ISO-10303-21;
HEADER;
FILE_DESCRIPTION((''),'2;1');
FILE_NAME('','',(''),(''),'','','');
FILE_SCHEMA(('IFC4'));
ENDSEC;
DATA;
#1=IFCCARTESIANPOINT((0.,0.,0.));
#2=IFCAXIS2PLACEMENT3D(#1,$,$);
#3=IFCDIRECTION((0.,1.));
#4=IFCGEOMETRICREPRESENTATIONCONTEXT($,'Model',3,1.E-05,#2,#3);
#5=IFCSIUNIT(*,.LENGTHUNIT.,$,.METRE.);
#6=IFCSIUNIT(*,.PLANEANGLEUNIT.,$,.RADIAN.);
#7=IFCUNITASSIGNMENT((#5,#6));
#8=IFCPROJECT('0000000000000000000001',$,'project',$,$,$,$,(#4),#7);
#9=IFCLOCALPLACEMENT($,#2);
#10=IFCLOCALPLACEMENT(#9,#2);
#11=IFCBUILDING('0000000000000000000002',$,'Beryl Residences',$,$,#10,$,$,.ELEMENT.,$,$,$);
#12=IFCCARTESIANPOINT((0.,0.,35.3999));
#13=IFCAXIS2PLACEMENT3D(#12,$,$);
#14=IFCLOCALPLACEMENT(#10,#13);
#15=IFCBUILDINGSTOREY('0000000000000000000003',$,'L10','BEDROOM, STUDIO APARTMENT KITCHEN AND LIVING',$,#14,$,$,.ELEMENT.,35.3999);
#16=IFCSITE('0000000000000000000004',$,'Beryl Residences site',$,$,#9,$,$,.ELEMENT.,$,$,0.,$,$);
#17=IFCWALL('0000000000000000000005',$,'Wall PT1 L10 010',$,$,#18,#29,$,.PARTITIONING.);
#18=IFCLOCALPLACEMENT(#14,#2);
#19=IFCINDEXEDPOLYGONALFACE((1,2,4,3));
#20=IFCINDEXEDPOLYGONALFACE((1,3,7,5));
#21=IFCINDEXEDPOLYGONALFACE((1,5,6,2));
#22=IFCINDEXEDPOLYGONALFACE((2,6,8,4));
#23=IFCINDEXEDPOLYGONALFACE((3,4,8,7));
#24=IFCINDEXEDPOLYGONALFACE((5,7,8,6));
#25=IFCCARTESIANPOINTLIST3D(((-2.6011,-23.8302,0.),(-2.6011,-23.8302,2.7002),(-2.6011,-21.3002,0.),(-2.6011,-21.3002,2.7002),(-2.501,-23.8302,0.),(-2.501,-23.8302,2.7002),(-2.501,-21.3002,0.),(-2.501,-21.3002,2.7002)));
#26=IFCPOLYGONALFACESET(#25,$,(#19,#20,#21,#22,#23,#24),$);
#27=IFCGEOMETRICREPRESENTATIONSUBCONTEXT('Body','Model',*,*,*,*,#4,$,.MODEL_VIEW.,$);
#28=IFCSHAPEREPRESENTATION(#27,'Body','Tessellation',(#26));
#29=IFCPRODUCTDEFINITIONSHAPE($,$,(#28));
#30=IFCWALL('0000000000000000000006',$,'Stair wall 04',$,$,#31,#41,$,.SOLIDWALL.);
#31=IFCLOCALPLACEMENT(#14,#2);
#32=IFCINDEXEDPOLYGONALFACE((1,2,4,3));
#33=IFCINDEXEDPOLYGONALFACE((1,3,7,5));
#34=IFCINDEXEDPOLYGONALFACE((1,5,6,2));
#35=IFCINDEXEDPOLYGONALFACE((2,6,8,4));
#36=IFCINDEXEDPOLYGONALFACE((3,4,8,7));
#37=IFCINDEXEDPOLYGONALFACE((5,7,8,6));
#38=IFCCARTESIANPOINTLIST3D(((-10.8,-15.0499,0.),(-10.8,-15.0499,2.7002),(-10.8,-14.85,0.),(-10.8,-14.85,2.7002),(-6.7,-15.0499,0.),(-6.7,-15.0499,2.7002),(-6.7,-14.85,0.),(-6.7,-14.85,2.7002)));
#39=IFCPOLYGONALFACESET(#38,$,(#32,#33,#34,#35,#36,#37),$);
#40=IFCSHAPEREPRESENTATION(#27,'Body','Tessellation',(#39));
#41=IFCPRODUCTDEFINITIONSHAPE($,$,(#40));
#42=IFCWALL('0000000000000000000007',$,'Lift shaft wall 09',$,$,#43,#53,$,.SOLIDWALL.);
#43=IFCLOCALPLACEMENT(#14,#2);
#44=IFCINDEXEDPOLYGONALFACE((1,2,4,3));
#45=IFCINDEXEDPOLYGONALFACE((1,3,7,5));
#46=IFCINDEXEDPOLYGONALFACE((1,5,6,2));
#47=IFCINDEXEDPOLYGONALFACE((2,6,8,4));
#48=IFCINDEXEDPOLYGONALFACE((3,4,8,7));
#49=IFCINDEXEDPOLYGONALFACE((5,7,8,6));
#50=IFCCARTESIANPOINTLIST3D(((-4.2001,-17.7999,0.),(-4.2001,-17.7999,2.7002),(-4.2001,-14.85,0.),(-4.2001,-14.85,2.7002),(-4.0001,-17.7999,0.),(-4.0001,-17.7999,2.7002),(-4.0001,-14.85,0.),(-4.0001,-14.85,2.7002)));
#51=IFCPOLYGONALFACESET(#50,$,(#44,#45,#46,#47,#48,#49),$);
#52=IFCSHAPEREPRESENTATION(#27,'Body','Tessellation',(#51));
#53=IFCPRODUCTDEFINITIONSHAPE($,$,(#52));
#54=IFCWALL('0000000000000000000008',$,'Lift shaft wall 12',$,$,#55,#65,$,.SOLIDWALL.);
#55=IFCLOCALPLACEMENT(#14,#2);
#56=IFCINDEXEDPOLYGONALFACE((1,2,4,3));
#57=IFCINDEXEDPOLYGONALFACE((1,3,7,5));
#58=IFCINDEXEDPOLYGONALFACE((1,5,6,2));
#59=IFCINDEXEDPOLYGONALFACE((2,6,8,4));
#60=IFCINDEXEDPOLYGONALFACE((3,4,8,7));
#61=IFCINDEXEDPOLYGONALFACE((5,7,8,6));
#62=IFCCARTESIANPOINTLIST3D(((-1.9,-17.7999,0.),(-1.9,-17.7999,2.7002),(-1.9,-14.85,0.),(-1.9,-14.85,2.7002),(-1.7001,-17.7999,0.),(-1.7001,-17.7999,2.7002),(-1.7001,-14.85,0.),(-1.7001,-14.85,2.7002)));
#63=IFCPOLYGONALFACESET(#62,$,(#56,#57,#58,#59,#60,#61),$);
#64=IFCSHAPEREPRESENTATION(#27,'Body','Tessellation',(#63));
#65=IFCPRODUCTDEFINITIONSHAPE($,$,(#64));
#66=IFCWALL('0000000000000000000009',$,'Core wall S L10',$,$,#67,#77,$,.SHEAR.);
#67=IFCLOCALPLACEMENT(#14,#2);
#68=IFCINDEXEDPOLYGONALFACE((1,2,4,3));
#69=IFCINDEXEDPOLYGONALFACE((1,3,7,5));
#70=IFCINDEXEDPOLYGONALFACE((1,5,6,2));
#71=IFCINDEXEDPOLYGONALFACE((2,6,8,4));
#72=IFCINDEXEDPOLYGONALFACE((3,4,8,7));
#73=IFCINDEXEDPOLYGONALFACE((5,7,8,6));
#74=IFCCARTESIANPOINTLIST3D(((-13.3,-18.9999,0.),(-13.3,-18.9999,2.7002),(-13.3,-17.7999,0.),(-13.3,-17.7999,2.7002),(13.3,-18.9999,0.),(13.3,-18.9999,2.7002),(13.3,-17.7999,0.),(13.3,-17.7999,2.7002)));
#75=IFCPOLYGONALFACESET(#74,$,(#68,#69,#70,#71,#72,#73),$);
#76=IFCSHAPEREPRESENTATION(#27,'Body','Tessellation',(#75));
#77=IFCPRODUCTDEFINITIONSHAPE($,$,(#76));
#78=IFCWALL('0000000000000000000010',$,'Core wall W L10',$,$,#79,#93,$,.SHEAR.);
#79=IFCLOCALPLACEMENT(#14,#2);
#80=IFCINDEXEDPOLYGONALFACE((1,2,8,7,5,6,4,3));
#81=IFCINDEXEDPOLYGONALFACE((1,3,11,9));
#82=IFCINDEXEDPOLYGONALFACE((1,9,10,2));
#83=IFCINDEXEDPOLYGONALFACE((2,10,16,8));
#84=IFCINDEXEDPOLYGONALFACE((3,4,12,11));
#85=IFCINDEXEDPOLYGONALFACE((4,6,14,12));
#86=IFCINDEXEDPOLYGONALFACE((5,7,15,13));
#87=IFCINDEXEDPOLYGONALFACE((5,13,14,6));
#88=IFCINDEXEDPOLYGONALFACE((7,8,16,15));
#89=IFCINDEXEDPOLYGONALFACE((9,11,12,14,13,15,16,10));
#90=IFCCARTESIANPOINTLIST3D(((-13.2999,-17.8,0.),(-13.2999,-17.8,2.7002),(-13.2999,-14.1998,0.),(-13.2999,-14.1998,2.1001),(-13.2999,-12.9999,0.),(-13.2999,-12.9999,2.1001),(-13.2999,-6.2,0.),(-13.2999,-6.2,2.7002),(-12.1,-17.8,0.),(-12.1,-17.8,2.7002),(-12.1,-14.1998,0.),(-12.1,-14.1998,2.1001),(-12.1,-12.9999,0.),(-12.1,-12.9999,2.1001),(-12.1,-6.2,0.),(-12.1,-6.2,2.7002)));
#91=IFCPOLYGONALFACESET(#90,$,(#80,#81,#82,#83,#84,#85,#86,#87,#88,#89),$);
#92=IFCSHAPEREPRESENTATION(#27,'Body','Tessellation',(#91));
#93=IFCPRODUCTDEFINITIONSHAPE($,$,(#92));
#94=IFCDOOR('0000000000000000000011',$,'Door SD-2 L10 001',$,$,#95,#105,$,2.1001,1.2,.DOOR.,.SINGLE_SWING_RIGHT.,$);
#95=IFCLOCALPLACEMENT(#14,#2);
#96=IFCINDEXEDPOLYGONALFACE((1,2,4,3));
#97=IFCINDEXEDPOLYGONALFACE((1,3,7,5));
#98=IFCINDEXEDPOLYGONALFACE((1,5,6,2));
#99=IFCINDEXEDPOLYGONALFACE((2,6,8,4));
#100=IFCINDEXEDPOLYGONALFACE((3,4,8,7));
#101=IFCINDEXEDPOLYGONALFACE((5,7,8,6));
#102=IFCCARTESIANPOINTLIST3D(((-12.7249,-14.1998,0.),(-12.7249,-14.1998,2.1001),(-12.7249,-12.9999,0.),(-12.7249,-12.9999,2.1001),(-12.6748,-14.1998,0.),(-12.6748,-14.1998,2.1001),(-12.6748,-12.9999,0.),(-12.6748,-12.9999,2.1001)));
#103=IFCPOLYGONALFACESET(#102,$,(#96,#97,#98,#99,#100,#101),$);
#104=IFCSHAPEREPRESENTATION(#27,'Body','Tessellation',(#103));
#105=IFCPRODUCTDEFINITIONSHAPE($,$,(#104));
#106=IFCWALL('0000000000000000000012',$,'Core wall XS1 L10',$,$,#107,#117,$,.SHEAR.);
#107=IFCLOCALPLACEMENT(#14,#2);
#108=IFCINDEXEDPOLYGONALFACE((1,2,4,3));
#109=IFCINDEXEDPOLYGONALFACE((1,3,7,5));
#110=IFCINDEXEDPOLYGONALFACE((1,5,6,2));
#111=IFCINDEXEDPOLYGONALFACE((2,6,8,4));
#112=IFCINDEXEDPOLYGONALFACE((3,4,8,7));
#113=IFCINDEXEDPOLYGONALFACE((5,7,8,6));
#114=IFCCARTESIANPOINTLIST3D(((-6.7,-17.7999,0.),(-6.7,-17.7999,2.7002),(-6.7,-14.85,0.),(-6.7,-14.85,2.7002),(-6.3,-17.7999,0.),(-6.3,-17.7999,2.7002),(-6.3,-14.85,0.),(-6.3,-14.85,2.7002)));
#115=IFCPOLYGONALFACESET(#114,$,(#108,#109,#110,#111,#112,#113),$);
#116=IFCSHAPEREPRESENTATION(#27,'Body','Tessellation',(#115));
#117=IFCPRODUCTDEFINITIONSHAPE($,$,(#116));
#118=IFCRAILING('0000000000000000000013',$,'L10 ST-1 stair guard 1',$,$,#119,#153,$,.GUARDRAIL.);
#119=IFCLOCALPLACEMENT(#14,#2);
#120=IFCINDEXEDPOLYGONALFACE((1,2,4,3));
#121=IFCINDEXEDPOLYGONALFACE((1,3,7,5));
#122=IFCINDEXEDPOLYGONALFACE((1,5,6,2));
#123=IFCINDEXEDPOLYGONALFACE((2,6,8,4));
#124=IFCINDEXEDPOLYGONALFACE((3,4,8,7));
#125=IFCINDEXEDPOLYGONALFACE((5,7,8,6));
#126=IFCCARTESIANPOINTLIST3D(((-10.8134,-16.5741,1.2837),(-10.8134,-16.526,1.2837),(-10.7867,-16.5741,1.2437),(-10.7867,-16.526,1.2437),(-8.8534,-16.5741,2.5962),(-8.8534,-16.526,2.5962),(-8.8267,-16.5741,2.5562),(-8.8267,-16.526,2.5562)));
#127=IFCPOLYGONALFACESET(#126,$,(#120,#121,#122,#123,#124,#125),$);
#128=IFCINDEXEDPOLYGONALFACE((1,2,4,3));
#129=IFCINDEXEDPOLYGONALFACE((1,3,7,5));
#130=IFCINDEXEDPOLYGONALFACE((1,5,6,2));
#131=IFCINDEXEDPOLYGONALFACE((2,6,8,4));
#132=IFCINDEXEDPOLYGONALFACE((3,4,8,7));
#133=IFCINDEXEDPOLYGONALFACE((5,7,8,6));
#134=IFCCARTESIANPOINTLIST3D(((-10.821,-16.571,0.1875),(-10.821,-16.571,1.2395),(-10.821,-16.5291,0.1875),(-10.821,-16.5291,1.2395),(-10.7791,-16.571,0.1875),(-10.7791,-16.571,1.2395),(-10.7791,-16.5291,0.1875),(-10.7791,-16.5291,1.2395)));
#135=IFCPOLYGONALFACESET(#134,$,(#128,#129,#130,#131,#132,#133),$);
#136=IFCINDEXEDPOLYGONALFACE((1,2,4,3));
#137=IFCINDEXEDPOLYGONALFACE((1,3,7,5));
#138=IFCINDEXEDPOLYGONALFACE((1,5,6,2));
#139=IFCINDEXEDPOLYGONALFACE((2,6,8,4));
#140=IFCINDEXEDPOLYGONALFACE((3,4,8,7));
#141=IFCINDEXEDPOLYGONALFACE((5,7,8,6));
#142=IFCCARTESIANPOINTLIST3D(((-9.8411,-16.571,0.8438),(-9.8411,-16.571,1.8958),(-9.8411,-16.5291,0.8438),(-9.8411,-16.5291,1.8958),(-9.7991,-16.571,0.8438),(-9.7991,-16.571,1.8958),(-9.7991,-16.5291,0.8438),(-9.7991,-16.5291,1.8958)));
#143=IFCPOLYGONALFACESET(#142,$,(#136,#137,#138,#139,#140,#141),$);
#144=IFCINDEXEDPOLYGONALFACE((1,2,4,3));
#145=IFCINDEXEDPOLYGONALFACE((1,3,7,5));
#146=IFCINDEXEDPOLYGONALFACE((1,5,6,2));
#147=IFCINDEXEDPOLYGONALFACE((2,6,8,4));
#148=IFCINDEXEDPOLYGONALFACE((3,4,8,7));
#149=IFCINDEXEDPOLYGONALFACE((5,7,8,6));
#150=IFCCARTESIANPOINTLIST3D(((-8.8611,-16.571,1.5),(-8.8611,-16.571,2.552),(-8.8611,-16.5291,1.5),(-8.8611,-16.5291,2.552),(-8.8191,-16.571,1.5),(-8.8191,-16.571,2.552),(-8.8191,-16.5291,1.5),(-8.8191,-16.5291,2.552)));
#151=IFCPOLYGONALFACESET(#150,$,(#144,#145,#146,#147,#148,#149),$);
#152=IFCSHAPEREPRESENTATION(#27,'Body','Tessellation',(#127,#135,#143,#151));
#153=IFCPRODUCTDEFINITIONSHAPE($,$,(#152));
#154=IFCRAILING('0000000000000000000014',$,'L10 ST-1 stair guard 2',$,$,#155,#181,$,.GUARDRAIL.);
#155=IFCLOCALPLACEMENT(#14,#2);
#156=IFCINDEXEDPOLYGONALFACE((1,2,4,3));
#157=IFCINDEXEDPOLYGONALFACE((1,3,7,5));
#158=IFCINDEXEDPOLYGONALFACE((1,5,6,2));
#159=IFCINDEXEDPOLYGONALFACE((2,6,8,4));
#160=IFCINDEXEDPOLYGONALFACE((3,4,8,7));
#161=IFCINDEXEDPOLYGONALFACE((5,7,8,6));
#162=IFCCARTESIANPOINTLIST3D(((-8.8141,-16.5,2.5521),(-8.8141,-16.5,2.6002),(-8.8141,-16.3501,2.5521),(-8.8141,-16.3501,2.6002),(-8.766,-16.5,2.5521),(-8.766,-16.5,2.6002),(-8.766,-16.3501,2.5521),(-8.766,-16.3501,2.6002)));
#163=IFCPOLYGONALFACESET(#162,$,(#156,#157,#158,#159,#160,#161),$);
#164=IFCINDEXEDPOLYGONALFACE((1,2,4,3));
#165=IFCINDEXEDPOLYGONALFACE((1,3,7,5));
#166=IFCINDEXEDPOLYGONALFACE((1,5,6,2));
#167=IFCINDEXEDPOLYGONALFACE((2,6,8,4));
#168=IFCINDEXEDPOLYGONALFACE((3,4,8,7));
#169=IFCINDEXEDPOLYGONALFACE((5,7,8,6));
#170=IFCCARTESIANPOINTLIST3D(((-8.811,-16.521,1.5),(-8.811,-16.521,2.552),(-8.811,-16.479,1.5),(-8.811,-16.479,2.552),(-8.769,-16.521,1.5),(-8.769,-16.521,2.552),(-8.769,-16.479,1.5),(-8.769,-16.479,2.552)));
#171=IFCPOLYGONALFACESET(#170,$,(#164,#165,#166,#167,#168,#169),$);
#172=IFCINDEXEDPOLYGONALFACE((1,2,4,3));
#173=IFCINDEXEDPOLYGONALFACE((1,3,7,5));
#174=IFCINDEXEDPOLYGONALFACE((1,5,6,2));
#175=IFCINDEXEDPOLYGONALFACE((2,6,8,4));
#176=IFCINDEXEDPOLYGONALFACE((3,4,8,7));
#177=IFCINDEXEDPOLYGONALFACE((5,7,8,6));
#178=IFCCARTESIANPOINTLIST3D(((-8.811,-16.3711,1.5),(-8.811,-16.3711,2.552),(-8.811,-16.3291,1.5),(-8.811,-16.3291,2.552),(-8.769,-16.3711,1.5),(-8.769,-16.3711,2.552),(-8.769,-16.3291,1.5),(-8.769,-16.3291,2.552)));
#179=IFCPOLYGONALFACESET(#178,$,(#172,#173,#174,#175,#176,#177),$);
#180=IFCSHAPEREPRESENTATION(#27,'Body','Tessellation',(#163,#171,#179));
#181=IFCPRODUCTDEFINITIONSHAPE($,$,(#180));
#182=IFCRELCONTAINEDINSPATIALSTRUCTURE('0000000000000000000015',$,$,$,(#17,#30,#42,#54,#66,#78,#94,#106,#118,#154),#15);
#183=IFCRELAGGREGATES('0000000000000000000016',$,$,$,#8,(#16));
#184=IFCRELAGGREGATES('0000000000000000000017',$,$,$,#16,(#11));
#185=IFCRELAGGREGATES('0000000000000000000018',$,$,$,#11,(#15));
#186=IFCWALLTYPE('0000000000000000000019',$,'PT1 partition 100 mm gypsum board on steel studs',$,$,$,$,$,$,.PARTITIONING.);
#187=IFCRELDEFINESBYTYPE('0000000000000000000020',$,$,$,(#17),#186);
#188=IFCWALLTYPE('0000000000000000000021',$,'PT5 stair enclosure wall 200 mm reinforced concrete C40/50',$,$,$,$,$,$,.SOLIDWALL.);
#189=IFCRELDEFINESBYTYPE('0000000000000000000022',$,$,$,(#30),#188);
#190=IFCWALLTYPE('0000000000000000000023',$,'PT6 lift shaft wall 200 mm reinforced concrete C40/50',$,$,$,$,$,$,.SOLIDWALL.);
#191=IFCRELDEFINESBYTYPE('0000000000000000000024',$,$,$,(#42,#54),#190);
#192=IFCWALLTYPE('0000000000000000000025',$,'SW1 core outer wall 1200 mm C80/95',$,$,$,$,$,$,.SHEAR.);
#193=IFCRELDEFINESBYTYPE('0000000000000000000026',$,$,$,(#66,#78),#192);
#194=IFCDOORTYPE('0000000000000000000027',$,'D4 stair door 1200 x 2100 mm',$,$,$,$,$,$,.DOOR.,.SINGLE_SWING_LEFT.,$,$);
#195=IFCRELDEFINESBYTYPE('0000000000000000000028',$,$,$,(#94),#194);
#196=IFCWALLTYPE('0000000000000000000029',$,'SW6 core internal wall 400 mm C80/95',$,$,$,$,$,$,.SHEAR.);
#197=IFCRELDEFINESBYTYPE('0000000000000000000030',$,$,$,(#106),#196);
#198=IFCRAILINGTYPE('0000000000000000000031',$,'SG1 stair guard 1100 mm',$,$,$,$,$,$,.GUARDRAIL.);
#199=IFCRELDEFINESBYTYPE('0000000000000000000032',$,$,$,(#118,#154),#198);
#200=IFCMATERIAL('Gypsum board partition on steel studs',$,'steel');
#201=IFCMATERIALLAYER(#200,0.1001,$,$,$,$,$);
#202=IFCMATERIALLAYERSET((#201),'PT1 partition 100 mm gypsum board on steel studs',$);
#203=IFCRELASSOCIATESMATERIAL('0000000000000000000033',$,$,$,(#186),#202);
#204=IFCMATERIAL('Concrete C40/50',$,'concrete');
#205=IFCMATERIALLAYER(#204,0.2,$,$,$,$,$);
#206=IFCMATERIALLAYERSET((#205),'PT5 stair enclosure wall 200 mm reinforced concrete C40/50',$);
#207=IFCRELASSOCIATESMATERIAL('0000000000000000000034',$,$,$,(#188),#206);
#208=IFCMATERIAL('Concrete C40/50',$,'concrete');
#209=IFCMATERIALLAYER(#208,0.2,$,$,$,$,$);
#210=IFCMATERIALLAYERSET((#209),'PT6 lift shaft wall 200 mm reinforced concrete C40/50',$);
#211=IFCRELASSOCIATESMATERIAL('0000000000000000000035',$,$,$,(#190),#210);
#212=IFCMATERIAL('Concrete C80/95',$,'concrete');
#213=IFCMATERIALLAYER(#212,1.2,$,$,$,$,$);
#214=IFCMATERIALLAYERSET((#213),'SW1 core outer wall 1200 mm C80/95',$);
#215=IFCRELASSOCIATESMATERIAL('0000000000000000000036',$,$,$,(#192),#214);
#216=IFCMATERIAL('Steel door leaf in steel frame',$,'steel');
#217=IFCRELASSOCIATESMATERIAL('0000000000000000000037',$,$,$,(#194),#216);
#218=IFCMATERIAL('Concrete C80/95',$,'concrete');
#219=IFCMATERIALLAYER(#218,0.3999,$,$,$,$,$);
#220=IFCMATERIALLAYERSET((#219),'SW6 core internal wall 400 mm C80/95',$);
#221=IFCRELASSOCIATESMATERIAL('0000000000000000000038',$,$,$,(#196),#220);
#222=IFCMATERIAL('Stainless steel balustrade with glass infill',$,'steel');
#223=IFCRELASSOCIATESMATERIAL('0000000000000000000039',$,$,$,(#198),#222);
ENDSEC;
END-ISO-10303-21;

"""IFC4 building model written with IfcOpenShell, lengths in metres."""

from ifc_helpers import new_model, si_unit, direction, frame, frame_2d, origin, origin_2d, place, context, subcontext, project, spatial, rectangle, extrude, material, layer, layer_set, type_object, element, fill, save


model = new_model("IFC4")

# Units and contexts
model_context = context("Model", 3, precision=1e-05, world=origin(), true_north=direction((0.0, 1.0)))
body_context = subcontext(model_context, "Body", "Model", "MODEL_VIEW")
ifc_project = project(units=[si_unit("LENGTHUNIT", "METRE"), si_unit("PLANEANGLEUNIT", "RADIAN")], contexts=[model_context])

# Site, building, storey
site_placement = place(None, origin())
site = spatial("IfcSite", under=ifc_project, at=site_placement, Name="Beryl Residences site", CompositionType="ELEMENT", RefElevation=0.0)
building_placement = place(site_placement, origin())
building = spatial("IfcBuilding", under=site, at=building_placement, Name="Beryl Residences", CompositionType="ELEMENT")
storey_placement = place(building_placement, frame((0.0, 0.0, 35.3999)))
storey = spatial("IfcBuildingStorey", under=building, at=storey_placement, Name="L10", Description="BEDROOM, STUDIO APARTMENT KITCHEN AND LIVING", CompositionType="ELEMENT", Elevation=35.3999)

# Walls
ifc_material_1 = material(Name="Gypsum board partition on steel studs", Category="steel")
ifc_layer_1 = layer(ifc_material_1, 0.1001)
ifc_layer_set_1 = layer_set([ifc_layer_1], Name="PT1 partition 100 mm gypsum board on steel studs")
wall_type_1 = type_object("IfcWallType", Name="PT1 partition 100 mm gypsum board on steel studs", PredefinedType="PARTITIONING", material=ifc_layer_set_1)
wall_1_placement = place(storey_placement, frame((-2.551, -21.3, 0.0), z_axis=(0.0, 0.0, 1.0), x_axis=(0.0, -1.0, 0.0)))
element("IfcWall", 1, at=wall_1_placement, inside=storey, type_object=wall_type_1, Name="Wall PT1 L10 010", PredefinedType="PARTITIONING", context=body_context, shape_type="SweptSolid", body=[
    extrude(rectangle(XDim=2.53, YDim=0.1001, at=frame_2d((1.2651, 0.0))), origin(), (0.0, 0.0, 1.0), 2.7002),
])
ifc_material_2 = material(Name="Concrete C40/50", Category="concrete")
ifc_layer_2 = layer(ifc_material_2, 0.2)
ifc_layer_set_2 = layer_set([ifc_layer_2], Name="PT5 stair enclosure wall 200 mm reinforced concrete C40/50")
wall_type_2 = type_object("IfcWallType", Name="PT5 stair enclosure wall 200 mm reinforced concrete C40/50", PredefinedType="SOLIDWALL", material=ifc_layer_set_2)
wall_2_placement = place(storey_placement, frame((-10.8, -14.95, 0.0), z_axis=(0.0, 0.0, 1.0), x_axis=(1.0, 0.0, 0.0)))
element("IfcWall", 2, at=wall_2_placement, inside=storey, type_object=wall_type_2, Name="Stair wall 04", PredefinedType="SOLIDWALL", context=body_context, shape_type="SweptSolid", body=[
    extrude(rectangle(XDim=4.1001, YDim=0.2, at=frame_2d((2.05, 0.0))), origin(), (0.0, 0.0, 1.0), 2.7002),
])
ifc_material_3 = material(Name="Concrete C40/50", Category="concrete")
ifc_layer_3 = layer(ifc_material_3, 0.2)
ifc_layer_set_3 = layer_set([ifc_layer_3], Name="PT6 lift shaft wall 200 mm reinforced concrete C40/50")
wall_type_3 = type_object("IfcWallType", Name="PT6 lift shaft wall 200 mm reinforced concrete C40/50", PredefinedType="SOLIDWALL", material=ifc_layer_set_3)
for number, where, z_axis, x_axis, name in (
    (3, (-4.1001, -17.8, 0.0), (0.0, 0.0, 1.0), (0.0, 1.0, 0.0), "Lift shaft wall 09"),
    (4, (-1.8, -17.8, 0.0), (0.0, 0.0, 1.0), (0.0, 1.0, 0.0), "Lift shaft wall 12"),
):
    element("IfcWall", number, at=place(storey_placement, frame(where, z_axis=z_axis, x_axis=x_axis)), inside=storey, type_object=wall_type_3, Name=name, PredefinedType="SOLIDWALL", context=body_context, shape_type="SweptSolid", body=[
        extrude(rectangle(XDim=2.95, YDim=0.2, at=frame_2d((1.4751, 0.0))), origin(), (0.0, 0.0, 1.0), 2.7002),
    ])
ifc_material_4 = material(Name="Concrete C80/95", Category="concrete")
ifc_layer_4 = layer(ifc_material_4, 1.2)
ifc_layer_set_4 = layer_set([ifc_layer_4], Name="SW1 core outer wall 1200 mm C80/95")
wall_type_4 = type_object("IfcWallType", Name="SW1 core outer wall 1200 mm C80/95", PredefinedType="SHEAR", material=ifc_layer_set_4)
wall_3_placement = place(storey_placement, frame((-13.3, -18.3999, 0.0), z_axis=(0.0, 0.0, 1.0), x_axis=(1.0, 0.0, 0.0)))
element("IfcWall", 5, at=wall_3_placement, inside=storey, type_object=wall_type_4, Name="Core wall S L10", PredefinedType="SHEAR", context=body_context, shape_type="SweptSolid", body=[
    extrude(rectangle(XDim=26.6001, YDim=1.2, at=frame_2d((13.3, 0.0))), origin(), (0.0, 0.0, 1.0), 2.7002),
])

# Wall, opening, door
wall_4_placement = place(storey_placement, frame((-12.7, -17.8, 0.0), z_axis=(0.0, 0.0, 1.0), x_axis=(0.0, 1.0, 0.0)))
wall_4 = element("IfcWall", 6, at=wall_4_placement, inside=storey, type_object=wall_type_4, Name="Core wall W L10", PredefinedType="SHEAR", context=body_context, shape_type="SweptSolid", body=[
    extrude(rectangle(XDim=11.6001, YDim=1.2, at=frame_2d((5.8, 0.0))), origin(), (0.0, 0.0, 1.0), 2.7002),
])
opening_placement = place(wall_4_placement, frame((3.6001, 0.0, 0.0)))
opening = element("IfcOpeningElement", 7, at=opening_placement, cuts=wall_4, PredefinedType="OPENING", context=body_context, shape_type="SweptSolid", body=[
    extrude(rectangle(XDim=1.2, YDim=2.1001, at=frame_2d((0.6001, 1.05))), frame((0.0, 0.6099, 0.0), z_axis=(0.0, -1.0, 0.0), x_axis=(1.0, 0.0, 0.0)), (0.0, 0.0, 1.0), 1.22),
])
ifc_material_5 = material(Name="Steel door leaf in steel frame", Category="steel")
door_type = type_object("IfcDoorType", Name="D4 stair door 1200 x 2100 mm", OperationType="SINGLE_SWING_LEFT", PredefinedType="DOOR", material=ifc_material_5)
door_placement = place(opening_placement, origin())
door = element("IfcDoor", 8, at=door_placement, inside=storey, type_object=door_type, Name="Door SD-2 L10 001", OperationType="SINGLE_SWING_RIGHT", OverallHeight=2.1001, OverallWidth=1.2, PredefinedType="DOOR", context=body_context, shape_type="SweptSolid", body=[
    extrude(rectangle(XDim=1.2, YDim=2.1001, at=frame_2d((0.6001, 1.05))), frame((0.0, 0.0249, 0.0), z_axis=(0.0, -1.0, 0.0), x_axis=(1.0, 0.0, 0.0)), (0.0, 0.0, 1.0), 0.05),
])
fill(opening, door)

# Wall
ifc_material_6 = material(Name="Concrete C80/95", Category="concrete")
ifc_layer_5 = layer(ifc_material_6, 0.3999)
ifc_layer_set_5 = layer_set([ifc_layer_5], Name="SW6 core internal wall 400 mm C80/95")
wall_type_5 = type_object("IfcWallType", Name="SW6 core internal wall 400 mm C80/95", PredefinedType="SHEAR", material=ifc_layer_set_5)
wall_5_placement = place(storey_placement, frame((-6.5, -17.8, 0.0), z_axis=(0.0, 0.0, 1.0), x_axis=(0.0, 1.0, 0.0)))
element("IfcWall", 9, at=wall_5_placement, inside=storey, type_object=wall_type_5, Name="Core wall XS1 L10", PredefinedType="SHEAR", context=body_context, shape_type="SweptSolid", body=[
    extrude(rectangle(XDim=2.95, YDim=0.3999, at=frame_2d((1.4751, 0.0))), origin(), (0.0, 0.0, 1.0), 2.7002),
])

# Railings
ifc_material_7 = material(Name="Stainless steel balustrade with glass infill", Category="steel")
railing_type_1 = type_object("IfcRailingType", Name="SG1 stair guard 1100 mm", PredefinedType="GUARDRAIL", material=ifc_material_7)
railing_1_placement = place(storey_placement, frame((-10.8, -16.55, 0.1875)))
element("IfcRailing", 10, at=railing_1_placement, inside=storey, type_object=railing_type_1, Name="L10 ST-1 stair guard 1", PredefinedType="GUARDRAIL", context=body_context, shape_type="SweptSolid", body=[
    extrude(rectangle(XDim=0.0481, YDim=0.0481, at=origin_2d()), frame((0.0, 0.0, 1.0762), z_axis=(0.830902, 0.0, 0.556419), x_axis=(0.0, 1.0, 0.0)), (0.0, 0.0, 1.0), 2.3589),
    extrude(rectangle(XDim=0.042, YDim=0.042, at=origin_2d()), origin(), (0.0, 0.0, 1.0), 1.052),
    extrude(rectangle(XDim=0.042, YDim=0.042, at=origin_2d()), frame((0.98, 0.0, 0.6562)), (0.0, 0.0, 1.0), 1.052),
    extrude(rectangle(XDim=0.042, YDim=0.042, at=origin_2d()), frame((1.96, 0.0, 1.3125)), (0.0, 0.0, 1.0), 1.052),
])
railing_2_placement = place(storey_placement, frame((-8.79, -16.5, 1.5)))
element("IfcRailing", 11, at=railing_2_placement, inside=storey, type_object=railing_type_1, Name="L10 ST-1 stair guard 2", PredefinedType="GUARDRAIL", context=body_context, shape_type="SweptSolid", body=[
    extrude(rectangle(XDim=0.0481, YDim=0.0481, at=origin_2d()), frame((0.0, 0.0, 1.0762), z_axis=(0.0, 1.0, 0.0), x_axis=(-1.0, 0.0, 0.0)), (0.0, 0.0, 1.0), 0.1499),
    extrude(rectangle(XDim=0.042, YDim=0.042, at=origin_2d()), origin(), (0.0, 0.0, 1.0), 1.052),
    extrude(rectangle(XDim=0.042, YDim=0.042, at=origin_2d()), frame((0.0, 0.1499, 0.0)), (0.0, 0.0, 1.0), 1.052),
])

save(model, "model.ifc")
